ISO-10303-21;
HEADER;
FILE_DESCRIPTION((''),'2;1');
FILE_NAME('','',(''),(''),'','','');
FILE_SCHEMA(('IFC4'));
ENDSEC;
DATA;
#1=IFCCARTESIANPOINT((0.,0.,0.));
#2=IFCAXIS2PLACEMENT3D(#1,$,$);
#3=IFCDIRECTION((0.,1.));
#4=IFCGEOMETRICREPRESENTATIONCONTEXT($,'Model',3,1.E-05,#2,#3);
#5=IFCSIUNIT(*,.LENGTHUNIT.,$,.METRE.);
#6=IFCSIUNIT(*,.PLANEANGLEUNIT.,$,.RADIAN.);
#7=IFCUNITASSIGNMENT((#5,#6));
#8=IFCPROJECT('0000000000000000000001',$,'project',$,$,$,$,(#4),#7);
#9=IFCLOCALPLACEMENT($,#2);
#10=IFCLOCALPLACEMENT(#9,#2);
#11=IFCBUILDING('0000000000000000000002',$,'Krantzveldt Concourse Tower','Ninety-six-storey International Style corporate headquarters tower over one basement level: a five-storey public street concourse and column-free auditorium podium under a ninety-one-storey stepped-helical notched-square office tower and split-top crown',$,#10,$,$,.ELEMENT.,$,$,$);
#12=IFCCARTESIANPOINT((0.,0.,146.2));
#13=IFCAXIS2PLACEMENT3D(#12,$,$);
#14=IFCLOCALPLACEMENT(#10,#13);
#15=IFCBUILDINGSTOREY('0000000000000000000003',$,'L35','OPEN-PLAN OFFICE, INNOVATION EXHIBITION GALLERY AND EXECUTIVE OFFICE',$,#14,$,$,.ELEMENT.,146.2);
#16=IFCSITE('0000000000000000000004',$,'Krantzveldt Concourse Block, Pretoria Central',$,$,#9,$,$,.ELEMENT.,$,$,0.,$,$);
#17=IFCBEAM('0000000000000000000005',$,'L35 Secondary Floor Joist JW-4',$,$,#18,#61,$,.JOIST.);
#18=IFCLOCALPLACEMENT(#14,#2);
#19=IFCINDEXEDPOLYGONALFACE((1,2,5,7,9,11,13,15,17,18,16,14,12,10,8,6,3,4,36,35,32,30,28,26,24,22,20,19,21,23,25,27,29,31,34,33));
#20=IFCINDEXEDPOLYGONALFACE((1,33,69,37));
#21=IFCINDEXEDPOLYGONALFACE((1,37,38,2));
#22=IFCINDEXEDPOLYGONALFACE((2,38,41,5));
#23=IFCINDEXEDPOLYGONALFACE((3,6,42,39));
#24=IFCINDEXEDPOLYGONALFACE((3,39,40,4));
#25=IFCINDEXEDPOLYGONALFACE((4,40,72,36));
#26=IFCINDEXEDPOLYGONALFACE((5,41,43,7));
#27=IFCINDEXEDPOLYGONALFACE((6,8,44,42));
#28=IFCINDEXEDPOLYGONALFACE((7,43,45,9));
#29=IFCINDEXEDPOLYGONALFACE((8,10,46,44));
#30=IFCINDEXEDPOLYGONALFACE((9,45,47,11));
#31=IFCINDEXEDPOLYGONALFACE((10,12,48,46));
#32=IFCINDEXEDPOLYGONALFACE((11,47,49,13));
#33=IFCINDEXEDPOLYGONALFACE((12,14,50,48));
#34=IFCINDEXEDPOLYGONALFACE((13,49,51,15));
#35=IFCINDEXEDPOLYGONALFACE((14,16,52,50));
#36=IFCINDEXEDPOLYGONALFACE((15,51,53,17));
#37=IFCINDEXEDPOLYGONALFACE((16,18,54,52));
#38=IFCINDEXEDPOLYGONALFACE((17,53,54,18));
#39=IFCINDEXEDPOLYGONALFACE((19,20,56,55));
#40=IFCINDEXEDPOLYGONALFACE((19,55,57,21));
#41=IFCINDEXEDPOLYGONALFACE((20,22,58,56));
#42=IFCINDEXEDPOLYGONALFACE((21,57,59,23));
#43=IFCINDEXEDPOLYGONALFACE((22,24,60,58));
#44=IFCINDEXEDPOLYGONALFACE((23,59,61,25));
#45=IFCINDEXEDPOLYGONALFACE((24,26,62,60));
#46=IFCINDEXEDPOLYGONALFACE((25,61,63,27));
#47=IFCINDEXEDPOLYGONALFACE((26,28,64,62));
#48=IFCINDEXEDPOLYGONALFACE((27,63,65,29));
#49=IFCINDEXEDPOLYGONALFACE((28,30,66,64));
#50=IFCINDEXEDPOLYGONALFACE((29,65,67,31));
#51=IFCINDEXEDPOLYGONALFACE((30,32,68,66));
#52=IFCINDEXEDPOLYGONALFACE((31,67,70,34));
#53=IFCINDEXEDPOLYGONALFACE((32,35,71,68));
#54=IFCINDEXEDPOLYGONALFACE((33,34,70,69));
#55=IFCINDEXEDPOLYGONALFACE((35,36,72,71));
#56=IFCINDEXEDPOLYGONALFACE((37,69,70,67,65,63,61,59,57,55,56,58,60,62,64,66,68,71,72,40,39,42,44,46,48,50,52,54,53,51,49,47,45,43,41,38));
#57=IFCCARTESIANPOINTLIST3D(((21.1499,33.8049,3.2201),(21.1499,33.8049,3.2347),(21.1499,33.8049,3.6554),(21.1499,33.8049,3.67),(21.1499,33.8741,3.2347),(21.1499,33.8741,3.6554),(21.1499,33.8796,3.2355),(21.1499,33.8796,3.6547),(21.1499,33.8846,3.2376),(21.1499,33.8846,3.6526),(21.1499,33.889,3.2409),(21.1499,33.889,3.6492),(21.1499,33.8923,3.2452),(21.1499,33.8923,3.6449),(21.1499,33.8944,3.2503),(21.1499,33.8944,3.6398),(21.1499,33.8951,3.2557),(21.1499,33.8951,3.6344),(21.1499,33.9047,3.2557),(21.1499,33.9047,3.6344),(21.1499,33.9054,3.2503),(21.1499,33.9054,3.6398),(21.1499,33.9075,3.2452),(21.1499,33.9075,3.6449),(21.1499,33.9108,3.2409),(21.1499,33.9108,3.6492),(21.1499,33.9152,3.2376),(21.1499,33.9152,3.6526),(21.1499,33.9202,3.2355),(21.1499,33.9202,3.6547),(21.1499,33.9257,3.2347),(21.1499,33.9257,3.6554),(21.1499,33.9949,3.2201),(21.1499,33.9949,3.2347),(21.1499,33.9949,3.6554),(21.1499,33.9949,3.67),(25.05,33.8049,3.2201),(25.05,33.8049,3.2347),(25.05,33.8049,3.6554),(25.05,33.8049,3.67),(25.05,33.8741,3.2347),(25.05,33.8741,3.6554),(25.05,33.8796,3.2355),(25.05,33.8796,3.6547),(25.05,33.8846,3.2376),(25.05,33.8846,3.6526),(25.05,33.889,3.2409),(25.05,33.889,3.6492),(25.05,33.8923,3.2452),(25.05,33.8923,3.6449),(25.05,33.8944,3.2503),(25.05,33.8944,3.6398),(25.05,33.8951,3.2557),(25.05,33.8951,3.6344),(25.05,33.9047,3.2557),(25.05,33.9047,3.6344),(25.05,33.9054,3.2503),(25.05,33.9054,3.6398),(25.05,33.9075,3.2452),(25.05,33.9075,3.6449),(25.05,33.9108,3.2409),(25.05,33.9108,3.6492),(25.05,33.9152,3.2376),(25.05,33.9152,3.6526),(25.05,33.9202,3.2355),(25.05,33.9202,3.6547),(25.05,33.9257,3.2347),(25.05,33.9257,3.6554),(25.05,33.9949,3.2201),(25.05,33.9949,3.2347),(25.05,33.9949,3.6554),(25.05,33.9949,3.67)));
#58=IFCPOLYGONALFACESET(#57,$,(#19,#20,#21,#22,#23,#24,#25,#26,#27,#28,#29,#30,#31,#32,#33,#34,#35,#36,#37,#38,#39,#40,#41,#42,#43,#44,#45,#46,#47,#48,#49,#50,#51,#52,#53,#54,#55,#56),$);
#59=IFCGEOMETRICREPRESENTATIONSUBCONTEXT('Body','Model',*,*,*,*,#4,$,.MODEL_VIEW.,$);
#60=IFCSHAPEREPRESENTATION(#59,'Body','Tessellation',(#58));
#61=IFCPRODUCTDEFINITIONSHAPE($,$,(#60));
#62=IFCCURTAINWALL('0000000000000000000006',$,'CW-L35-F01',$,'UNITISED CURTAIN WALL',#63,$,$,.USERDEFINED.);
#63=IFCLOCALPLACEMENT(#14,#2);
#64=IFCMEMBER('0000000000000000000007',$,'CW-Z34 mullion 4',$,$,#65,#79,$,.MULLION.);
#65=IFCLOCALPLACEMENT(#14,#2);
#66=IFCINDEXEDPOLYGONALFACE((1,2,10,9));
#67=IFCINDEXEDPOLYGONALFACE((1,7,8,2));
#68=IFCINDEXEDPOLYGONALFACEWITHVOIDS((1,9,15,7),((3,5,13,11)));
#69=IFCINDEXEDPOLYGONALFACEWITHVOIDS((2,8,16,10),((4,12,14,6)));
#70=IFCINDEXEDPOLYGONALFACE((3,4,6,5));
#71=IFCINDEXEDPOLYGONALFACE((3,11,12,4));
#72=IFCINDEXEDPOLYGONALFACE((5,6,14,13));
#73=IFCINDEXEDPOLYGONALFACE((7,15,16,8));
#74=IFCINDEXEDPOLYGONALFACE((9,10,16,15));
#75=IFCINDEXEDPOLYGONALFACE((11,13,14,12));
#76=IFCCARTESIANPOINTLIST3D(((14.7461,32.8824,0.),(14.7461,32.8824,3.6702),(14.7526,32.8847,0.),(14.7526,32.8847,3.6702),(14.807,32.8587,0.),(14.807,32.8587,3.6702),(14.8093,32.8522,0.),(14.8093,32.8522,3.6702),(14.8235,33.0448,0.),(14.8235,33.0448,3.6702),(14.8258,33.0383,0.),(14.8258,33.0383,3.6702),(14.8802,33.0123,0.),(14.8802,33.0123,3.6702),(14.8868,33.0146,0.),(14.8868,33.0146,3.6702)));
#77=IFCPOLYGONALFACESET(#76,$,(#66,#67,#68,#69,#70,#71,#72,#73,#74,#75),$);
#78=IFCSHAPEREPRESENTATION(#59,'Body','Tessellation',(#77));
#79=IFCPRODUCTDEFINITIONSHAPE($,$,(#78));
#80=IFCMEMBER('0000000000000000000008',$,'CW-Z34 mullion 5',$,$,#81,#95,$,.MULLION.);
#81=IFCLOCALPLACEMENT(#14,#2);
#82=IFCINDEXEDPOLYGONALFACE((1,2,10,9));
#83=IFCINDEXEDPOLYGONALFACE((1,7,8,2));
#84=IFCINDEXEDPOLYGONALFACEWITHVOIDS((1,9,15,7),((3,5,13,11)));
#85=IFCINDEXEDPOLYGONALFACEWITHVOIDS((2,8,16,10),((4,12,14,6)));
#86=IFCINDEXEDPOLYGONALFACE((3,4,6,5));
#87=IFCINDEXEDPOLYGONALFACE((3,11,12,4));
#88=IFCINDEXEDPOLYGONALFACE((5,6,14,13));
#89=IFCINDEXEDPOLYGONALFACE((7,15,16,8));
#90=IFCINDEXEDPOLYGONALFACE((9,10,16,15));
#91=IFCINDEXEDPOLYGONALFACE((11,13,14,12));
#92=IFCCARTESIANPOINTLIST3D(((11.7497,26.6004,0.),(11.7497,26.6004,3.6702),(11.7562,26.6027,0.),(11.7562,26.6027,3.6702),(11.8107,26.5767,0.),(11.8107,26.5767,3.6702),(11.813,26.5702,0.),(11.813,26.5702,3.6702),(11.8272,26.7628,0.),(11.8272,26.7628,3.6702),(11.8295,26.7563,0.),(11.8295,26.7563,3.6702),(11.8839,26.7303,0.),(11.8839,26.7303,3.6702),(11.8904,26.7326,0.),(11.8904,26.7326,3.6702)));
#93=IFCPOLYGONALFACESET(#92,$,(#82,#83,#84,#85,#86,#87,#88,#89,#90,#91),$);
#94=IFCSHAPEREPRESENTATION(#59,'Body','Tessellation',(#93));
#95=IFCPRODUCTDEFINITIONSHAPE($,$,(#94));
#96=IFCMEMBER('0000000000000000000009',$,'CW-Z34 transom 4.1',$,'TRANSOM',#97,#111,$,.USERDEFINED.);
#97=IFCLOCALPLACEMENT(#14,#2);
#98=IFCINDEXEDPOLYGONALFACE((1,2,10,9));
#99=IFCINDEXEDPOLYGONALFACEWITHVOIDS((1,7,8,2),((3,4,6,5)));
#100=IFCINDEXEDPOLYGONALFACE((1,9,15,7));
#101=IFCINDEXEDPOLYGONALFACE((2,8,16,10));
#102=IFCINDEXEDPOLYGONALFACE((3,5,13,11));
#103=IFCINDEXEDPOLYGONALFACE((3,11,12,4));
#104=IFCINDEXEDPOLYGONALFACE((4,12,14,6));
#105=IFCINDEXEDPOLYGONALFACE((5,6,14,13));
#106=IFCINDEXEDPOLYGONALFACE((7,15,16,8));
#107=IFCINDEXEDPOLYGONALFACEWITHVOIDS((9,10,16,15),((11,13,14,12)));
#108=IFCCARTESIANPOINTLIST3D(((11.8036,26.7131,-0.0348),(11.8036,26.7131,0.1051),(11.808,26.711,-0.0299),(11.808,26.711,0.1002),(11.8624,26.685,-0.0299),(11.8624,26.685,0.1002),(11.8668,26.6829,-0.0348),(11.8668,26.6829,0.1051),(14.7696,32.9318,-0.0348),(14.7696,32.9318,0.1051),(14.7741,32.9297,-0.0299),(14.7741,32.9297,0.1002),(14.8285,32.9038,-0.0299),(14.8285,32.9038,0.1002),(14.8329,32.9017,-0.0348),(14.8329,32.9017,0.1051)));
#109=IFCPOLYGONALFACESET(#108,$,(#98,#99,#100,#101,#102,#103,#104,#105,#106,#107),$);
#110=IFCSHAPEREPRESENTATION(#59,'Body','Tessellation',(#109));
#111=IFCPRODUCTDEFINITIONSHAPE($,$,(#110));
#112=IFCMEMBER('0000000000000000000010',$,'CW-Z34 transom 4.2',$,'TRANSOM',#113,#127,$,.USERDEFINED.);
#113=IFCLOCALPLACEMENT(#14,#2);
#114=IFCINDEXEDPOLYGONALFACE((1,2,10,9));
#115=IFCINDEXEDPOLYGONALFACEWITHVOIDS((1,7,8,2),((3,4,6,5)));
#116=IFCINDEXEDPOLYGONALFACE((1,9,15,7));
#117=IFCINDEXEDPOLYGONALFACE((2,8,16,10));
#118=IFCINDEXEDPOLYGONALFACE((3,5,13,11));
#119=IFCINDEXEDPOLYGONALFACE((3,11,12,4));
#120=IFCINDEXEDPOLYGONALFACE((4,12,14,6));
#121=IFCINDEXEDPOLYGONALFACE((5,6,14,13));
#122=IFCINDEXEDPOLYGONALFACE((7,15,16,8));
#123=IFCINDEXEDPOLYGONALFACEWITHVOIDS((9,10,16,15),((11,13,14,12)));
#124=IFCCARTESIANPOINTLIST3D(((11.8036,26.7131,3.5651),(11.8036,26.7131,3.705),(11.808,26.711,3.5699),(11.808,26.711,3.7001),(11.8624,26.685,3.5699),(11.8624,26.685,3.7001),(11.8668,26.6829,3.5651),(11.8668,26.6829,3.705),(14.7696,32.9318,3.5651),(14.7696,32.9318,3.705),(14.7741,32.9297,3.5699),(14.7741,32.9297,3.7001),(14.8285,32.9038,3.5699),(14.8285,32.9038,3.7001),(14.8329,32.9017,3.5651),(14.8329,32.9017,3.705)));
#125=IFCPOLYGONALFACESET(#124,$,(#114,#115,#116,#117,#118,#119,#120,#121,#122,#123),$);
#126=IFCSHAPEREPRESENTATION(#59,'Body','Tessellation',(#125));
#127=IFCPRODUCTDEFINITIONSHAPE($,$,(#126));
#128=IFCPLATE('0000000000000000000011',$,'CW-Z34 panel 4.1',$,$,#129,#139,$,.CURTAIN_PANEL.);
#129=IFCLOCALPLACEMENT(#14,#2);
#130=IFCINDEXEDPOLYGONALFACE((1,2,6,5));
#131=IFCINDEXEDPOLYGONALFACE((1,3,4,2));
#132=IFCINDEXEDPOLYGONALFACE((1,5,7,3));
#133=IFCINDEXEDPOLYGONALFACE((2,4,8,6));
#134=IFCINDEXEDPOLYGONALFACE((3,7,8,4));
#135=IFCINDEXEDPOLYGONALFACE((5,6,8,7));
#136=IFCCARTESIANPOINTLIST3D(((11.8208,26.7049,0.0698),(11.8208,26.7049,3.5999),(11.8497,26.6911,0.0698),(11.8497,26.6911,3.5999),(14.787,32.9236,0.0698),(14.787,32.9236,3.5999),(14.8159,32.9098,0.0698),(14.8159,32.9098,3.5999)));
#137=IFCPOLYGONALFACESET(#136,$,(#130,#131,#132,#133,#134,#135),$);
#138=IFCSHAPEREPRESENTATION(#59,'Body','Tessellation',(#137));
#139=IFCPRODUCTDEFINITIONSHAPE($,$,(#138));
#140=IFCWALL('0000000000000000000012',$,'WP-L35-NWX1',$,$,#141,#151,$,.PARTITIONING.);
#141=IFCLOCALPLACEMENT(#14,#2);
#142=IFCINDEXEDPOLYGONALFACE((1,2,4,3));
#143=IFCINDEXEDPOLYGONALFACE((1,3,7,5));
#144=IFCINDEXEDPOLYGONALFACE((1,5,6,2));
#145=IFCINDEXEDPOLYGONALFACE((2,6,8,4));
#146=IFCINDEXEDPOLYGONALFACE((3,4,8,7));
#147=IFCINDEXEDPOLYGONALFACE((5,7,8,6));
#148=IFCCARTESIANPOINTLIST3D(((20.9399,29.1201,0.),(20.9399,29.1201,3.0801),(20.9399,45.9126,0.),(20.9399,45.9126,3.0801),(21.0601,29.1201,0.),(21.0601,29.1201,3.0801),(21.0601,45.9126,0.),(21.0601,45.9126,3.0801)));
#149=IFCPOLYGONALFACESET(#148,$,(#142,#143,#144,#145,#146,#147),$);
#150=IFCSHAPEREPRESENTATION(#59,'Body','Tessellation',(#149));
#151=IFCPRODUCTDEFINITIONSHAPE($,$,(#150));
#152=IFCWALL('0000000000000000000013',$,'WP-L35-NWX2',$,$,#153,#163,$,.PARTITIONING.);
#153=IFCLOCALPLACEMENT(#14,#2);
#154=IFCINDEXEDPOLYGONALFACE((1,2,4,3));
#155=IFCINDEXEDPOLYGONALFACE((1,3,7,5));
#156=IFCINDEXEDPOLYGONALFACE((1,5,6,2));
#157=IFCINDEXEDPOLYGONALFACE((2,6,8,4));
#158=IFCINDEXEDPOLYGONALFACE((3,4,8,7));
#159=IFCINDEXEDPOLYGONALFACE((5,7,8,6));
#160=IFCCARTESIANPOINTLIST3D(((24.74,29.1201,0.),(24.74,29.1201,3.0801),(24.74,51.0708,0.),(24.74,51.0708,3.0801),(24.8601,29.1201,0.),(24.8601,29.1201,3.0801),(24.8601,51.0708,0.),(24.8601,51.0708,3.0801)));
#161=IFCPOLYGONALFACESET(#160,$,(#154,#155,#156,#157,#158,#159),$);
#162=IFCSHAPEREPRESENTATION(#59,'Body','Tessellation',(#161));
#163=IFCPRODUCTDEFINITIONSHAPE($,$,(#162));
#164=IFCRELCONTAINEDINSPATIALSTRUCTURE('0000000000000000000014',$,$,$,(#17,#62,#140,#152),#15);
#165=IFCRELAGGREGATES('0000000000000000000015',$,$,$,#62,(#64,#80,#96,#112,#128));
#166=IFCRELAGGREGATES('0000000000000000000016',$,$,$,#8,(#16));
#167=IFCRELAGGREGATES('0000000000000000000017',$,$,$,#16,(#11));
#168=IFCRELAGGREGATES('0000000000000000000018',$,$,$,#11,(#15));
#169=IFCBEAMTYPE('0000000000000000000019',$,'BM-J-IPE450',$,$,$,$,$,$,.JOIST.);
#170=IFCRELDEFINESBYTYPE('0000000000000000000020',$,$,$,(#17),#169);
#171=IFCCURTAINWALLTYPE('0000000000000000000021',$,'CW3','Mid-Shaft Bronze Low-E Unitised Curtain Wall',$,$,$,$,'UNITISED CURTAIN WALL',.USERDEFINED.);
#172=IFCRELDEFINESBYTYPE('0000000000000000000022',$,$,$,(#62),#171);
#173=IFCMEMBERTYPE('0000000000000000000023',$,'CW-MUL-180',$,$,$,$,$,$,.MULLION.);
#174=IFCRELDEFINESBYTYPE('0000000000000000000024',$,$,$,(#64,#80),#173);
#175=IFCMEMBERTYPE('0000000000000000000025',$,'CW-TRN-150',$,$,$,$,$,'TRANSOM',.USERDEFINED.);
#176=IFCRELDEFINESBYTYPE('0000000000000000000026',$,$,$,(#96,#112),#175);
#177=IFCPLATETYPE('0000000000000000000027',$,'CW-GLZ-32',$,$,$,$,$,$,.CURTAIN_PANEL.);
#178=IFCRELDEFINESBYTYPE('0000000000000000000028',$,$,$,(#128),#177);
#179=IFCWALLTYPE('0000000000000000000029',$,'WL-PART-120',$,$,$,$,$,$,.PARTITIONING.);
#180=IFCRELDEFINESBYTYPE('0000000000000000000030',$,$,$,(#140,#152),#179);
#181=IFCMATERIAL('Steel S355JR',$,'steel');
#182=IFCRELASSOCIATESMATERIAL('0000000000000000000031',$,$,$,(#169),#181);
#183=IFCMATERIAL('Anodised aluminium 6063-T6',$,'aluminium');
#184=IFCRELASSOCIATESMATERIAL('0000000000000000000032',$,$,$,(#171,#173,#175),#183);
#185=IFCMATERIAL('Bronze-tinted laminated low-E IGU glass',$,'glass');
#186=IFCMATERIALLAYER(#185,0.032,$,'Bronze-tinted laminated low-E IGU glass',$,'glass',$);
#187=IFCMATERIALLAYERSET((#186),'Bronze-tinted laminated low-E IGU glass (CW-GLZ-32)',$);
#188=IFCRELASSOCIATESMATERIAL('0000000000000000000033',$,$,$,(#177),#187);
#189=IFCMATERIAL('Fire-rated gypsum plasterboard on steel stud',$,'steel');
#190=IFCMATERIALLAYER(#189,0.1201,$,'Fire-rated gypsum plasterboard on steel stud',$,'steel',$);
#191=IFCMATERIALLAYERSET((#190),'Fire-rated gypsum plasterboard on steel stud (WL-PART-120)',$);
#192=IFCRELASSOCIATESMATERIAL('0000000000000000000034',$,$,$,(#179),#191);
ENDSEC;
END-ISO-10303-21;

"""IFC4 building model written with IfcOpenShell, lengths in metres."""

from ifc_helpers import new_model, si_unit, direction, frame, frame_2d, origin, origin_2d, place, context, subcontext, project, spatial, rectangle, hollow_rectangle, i_section, extrude, source, transform, mapped, material, layer, layer_set, material_profile, profile_set, type_object, type_shapes, element, aggregate, save


model = new_model("IFC4")

# Units and contexts
model_context = context("Model", 3, precision=1e-05, world=origin(), true_north=direction((0.0, 1.0)))
body_context = subcontext(model_context, "Body", "Model", "MODEL_VIEW")
ifc_project = project(units=[si_unit("LENGTHUNIT", "METRE"), si_unit("PLANEANGLEUNIT", "RADIAN")], contexts=[model_context])

# Site, building, storey
site_placement = place(None, origin())
site = spatial("IfcSite", under=ifc_project, at=site_placement, Name="Krantzveldt Concourse Block, Pretoria Central", CompositionType="ELEMENT", RefElevation=0.0)
building_placement = place(site_placement, origin())
building = spatial("IfcBuilding", under=site, at=building_placement, Name="Krantzveldt Concourse Tower", Description="Ninety-six-storey International Style corporate headquarters tower over one basement level: a five-storey public street concourse and column-free auditorium podium under a ninety-one-storey stepped-helical notched-square office tower and split-top crown", CompositionType="ELEMENT")
storey_placement = place(building_placement, frame((0.0, 0.0, 146.2)))
storey = spatial("IfcBuildingStorey", under=building, at=storey_placement, Name="L35", Description="OPEN-PLAN OFFICE, INNOVATION EXHIBITION GALLERY AND EXECUTIVE OFFICE", CompositionType="ELEMENT", Elevation=146.2)

# Beam
ifc_material_1 = material(Name="Steel S355JR", Category="steel")
ifc_material_profile_1 = material_profile(ifc_material_1, i_section(OverallWidth=0.1899, OverallDepth=0.45, WebThickness=0.0095, FlangeThickness=0.0146, FilletRadius=0.021, at=origin_2d()), Name="Steel S355JR", Category="steel")
ifc_profile_set_1 = profile_set([ifc_material_profile_1], Name="Steel S355JR - IPE 450")
beam_type_1 = type_object("IfcBeamType", Name="BM-J-IPE450", PredefinedType="JOIST", material=ifc_profile_set_1)
shared_shape_1 = source(origin(), body_context, "Body", "SweptSolid", [
    extrude(i_section(OverallWidth=0.1899, OverallDepth=0.45, WebThickness=0.0095, FlangeThickness=0.0146, FilletRadius=0.021, at=origin_2d()), origin(), (0.0, 0.0, 1.0), 3.9001),
])
type_shapes(beam_type_1, [shared_shape_1])
for number, where, z_axis, x_axis, name in (
    (1, (21.1499, 33.8999, 3.4451), (1.0, 0.0, 0.0), (0.0, 1.0, 0.0), "L35 Secondary Floor Joist JW-4"),
):
    element("IfcBeam", number, at=place(storey_placement, frame(where, z_axis=z_axis, x_axis=x_axis)), inside=storey, type_object=beam_type_1, Name=name, PredefinedType="JOIST", context=body_context, shape_type="MappedRepresentation", body=[
        mapped(shared_shape_1, transform((0.0, 0.0, 0.0), x_axis=(1.0, 0.0, 0.0), y_axis=(0.0, 1.0, 0.0), z_axis=(0.0, 0.0, 1.0), scale=1.0)),
    ])

# Curtain wall, members, plate
ifc_material_2 = material(Name="Anodised aluminium 6063-T6", Category="aluminium")
curtain_wall_type = type_object("IfcCurtainWallType", Name="CW3", Description="Mid-Shaft Bronze Low-E Unitised Curtain Wall", ElementType="UNITISED CURTAIN WALL", PredefinedType="USERDEFINED", material=ifc_material_2)
curtain_wall_placement = place(storey_placement, origin())
curtain_wall = element("IfcCurtainWall", 2, at=curtain_wall_placement, inside=storey, type_object=curtain_wall_type, Name="CW-L35-F01", ObjectType="UNITISED CURTAIN WALL", PredefinedType="USERDEFINED")
ifc_material_profile_2 = material_profile(ifc_material_2, hollow_rectangle(XDim=0.0701, YDim=0.1799, WallThickness=0.0049, at=origin_2d()), Name="Anodised aluminium 6063-T6", Category="aluminium")
ifc_profile_set_2 = profile_set([ifc_material_profile_2], Name="Anodised aluminium 6063-T6 - ALU-MULL 180x70x5")
member_type_1 = type_object("IfcMemberType", Name="CW-MUL-180", PredefinedType="MULLION", material=ifc_profile_set_2)
shared_shape_2 = source(origin(), body_context, "Body", "SweptSolid", [
    extrude(hollow_rectangle(XDim=0.0701, YDim=0.1799, WallThickness=0.0049, at=origin_2d()), origin(), (0.0, 0.0, 1.0), 3.6702),
])
type_shapes(member_type_1, [shared_shape_2])
member_1_placement = place(storey_placement, frame((14.8164, 32.9485, 0.0), z_axis=(0.0, 0.0, 1.0), x_axis=(0.902585, -0.430511, 0.0)))
member_1 = element("IfcMember", 3, at=member_1_placement, type_object=member_type_1, Name="CW-Z34 mullion 4", PredefinedType="MULLION", context=body_context, shape_type="MappedRepresentation", body=[
    mapped(shared_shape_2, transform((0.0, 0.0, 0.0), x_axis=(1.0, 0.0, 0.0), y_axis=(0.0, 1.0, 0.0), z_axis=(0.0, 0.0, 1.0), scale=1.0)),
])
member_2_placement = place(storey_placement, frame((11.8201, 26.6665, 0.0), z_axis=(0.0, 0.0, 1.0), x_axis=(0.902585, -0.430511, 0.0)))
member_2 = element("IfcMember", 4, at=member_2_placement, type_object=member_type_1, Name="CW-Z34 mullion 5", PredefinedType="MULLION", context=body_context, shape_type="MappedRepresentation", body=[
    mapped(shared_shape_2, transform((0.0, 0.0, 0.0), x_axis=(1.0, 0.0, 0.0), y_axis=(0.0, 1.0, 0.0), z_axis=(0.0, 0.0, 1.0), scale=1.0)),
])
ifc_material_profile_3 = material_profile(ifc_material_2, hollow_rectangle(XDim=0.0701, YDim=0.1399, WallThickness=0.0049, at=origin_2d()), Name="Anodised aluminium 6063-T6", Category="aluminium")
ifc_profile_set_3 = profile_set([ifc_material_profile_3], Name="Anodised aluminium 6063-T6 - ALU-TRAN 140x70x5")
member_type_2 = type_object("IfcMemberType", Name="CW-TRN-150", ElementType="TRANSOM", PredefinedType="USERDEFINED", material=ifc_profile_set_3)
shared_shape_3 = source(origin(), body_context, "Body", "SweptSolid", [
    extrude(hollow_rectangle(XDim=0.0701, YDim=0.1399, WallThickness=0.0049, at=origin_2d()), origin(), (0.0, 0.0, 1.0), 6.8899),
])
type_shapes(member_type_2, [shared_shape_3])
member_3_placement = place(storey_placement, frame((14.8013, 32.9167, 0.0352), z_axis=(-0.430496, -0.902592, 0.0), x_axis=(0.902592, -0.430496, 0.0)))
member_3 = element("IfcMember", 5, at=member_3_placement, type_object=member_type_2, Name="CW-Z34 transom 4.1", ObjectType="TRANSOM", PredefinedType="USERDEFINED", context=body_context, shape_type="MappedRepresentation", body=[
    mapped(shared_shape_3, transform((0.0, 0.0, 0.0), x_axis=(1.0, 0.0, 0.0), y_axis=(0.0, 1.0, 0.0), z_axis=(0.0, 0.0, 1.0), scale=1.0)),
])
member_4_placement = place(storey_placement, frame((14.8013, 32.9167, 3.635), z_axis=(-0.430496, -0.902592, 0.0), x_axis=(0.902592, -0.430496, 0.0)))
member_4 = element("IfcMember", 6, at=member_4_placement, type_object=member_type_2, Name="CW-Z34 transom 4.2", ObjectType="TRANSOM", PredefinedType="USERDEFINED", context=body_context, shape_type="MappedRepresentation", body=[
    mapped(shared_shape_3, transform((0.0, 0.0, 0.0), x_axis=(1.0, 0.0, 0.0), y_axis=(0.0, 1.0, 0.0), z_axis=(0.0, 0.0, 1.0), scale=1.0)),
])
ifc_material_3 = material(Name="Bronze-tinted laminated low-E IGU glass", Category="glass")
ifc_layer_1 = layer(ifc_material_3, 0.032, Name="Bronze-tinted laminated low-E IGU glass", Category="glass")
ifc_layer_set_1 = layer_set([ifc_layer_1], Name="Bronze-tinted laminated low-E IGU glass (CW-GLZ-32)")
plate_type = type_object("IfcPlateType", Name="CW-GLZ-32", PredefinedType="CURTAIN_PANEL", material=ifc_layer_set_1)
shared_shape_4 = source(origin(), body_context, "Body", "SweptSolid", [
    extrude(rectangle(XDim=6.8899, YDim=0.032, at=origin_2d()), origin(), (0.0, 0.0, 1.0), 3.53),
])
type_shapes(plate_type, [shared_shape_4])
plate_placement = place(storey_placement, frame((13.3184, 29.8074, 0.0698), z_axis=(0.0, 0.0, 1.0), x_axis=(-0.430511, -0.902585, 0.0)))
plate = element("IfcPlate", 7, at=plate_placement, type_object=plate_type, Name="CW-Z34 panel 4.1", PredefinedType="CURTAIN_PANEL", context=body_context, shape_type="MappedRepresentation", body=[
    mapped(shared_shape_4, transform((0.0, 0.0, 0.0), x_axis=(1.0, 0.0, 0.0), y_axis=(0.0, 1.0, 0.0), z_axis=(0.0, 0.0, 1.0), scale=1.0)),
])
aggregate(curtain_wall, [member_1, member_2, member_3, member_4, plate])

# Walls
ifc_material_4 = material(Name="Fire-rated gypsum plasterboard on steel stud", Category="steel")
ifc_layer_2 = layer(ifc_material_4, 0.1201, Name="Fire-rated gypsum plasterboard on steel stud", Category="steel")
ifc_layer_set_2 = layer_set([ifc_layer_2], Name="Fire-rated gypsum plasterboard on steel stud (WL-PART-120)")
wall_type_1 = type_object("IfcWallType", Name="WL-PART-120", PredefinedType="PARTITIONING", material=ifc_layer_set_2)
wall_1_placement = place(storey_placement, frame((21.0, 29.1201, 0.0), z_axis=(0.0, 0.0, 1.0), x_axis=(0.0, 1.0, 0.0)))
element("IfcWall", 8, at=wall_1_placement, inside=storey, type_object=wall_type_1, Name="WP-L35-NWX1", PredefinedType="PARTITIONING", context=body_context, shape_type="SweptSolid", body=[
    extrude(rectangle(XDim=16.7925, YDim=0.1201, at=frame_2d((8.3962, 0.0))), origin(), (0.0, 0.0, 1.0), 3.0801),
])
wall_2_placement = place(storey_placement, frame((24.8, 29.1201, 0.0), z_axis=(0.0, 0.0, 1.0), x_axis=(0.0, 1.0, 0.0)))
element("IfcWall", 9, at=wall_2_placement, inside=storey, type_object=wall_type_1, Name="WP-L35-NWX2", PredefinedType="PARTITIONING", context=body_context, shape_type="SweptSolid", body=[
    extrude(rectangle(XDim=21.9507, YDim=0.1201, at=frame_2d((10.9753, 0.0))), origin(), (0.0, 0.0, 1.0), 3.0801),
])

save(model, "model.ifc")
